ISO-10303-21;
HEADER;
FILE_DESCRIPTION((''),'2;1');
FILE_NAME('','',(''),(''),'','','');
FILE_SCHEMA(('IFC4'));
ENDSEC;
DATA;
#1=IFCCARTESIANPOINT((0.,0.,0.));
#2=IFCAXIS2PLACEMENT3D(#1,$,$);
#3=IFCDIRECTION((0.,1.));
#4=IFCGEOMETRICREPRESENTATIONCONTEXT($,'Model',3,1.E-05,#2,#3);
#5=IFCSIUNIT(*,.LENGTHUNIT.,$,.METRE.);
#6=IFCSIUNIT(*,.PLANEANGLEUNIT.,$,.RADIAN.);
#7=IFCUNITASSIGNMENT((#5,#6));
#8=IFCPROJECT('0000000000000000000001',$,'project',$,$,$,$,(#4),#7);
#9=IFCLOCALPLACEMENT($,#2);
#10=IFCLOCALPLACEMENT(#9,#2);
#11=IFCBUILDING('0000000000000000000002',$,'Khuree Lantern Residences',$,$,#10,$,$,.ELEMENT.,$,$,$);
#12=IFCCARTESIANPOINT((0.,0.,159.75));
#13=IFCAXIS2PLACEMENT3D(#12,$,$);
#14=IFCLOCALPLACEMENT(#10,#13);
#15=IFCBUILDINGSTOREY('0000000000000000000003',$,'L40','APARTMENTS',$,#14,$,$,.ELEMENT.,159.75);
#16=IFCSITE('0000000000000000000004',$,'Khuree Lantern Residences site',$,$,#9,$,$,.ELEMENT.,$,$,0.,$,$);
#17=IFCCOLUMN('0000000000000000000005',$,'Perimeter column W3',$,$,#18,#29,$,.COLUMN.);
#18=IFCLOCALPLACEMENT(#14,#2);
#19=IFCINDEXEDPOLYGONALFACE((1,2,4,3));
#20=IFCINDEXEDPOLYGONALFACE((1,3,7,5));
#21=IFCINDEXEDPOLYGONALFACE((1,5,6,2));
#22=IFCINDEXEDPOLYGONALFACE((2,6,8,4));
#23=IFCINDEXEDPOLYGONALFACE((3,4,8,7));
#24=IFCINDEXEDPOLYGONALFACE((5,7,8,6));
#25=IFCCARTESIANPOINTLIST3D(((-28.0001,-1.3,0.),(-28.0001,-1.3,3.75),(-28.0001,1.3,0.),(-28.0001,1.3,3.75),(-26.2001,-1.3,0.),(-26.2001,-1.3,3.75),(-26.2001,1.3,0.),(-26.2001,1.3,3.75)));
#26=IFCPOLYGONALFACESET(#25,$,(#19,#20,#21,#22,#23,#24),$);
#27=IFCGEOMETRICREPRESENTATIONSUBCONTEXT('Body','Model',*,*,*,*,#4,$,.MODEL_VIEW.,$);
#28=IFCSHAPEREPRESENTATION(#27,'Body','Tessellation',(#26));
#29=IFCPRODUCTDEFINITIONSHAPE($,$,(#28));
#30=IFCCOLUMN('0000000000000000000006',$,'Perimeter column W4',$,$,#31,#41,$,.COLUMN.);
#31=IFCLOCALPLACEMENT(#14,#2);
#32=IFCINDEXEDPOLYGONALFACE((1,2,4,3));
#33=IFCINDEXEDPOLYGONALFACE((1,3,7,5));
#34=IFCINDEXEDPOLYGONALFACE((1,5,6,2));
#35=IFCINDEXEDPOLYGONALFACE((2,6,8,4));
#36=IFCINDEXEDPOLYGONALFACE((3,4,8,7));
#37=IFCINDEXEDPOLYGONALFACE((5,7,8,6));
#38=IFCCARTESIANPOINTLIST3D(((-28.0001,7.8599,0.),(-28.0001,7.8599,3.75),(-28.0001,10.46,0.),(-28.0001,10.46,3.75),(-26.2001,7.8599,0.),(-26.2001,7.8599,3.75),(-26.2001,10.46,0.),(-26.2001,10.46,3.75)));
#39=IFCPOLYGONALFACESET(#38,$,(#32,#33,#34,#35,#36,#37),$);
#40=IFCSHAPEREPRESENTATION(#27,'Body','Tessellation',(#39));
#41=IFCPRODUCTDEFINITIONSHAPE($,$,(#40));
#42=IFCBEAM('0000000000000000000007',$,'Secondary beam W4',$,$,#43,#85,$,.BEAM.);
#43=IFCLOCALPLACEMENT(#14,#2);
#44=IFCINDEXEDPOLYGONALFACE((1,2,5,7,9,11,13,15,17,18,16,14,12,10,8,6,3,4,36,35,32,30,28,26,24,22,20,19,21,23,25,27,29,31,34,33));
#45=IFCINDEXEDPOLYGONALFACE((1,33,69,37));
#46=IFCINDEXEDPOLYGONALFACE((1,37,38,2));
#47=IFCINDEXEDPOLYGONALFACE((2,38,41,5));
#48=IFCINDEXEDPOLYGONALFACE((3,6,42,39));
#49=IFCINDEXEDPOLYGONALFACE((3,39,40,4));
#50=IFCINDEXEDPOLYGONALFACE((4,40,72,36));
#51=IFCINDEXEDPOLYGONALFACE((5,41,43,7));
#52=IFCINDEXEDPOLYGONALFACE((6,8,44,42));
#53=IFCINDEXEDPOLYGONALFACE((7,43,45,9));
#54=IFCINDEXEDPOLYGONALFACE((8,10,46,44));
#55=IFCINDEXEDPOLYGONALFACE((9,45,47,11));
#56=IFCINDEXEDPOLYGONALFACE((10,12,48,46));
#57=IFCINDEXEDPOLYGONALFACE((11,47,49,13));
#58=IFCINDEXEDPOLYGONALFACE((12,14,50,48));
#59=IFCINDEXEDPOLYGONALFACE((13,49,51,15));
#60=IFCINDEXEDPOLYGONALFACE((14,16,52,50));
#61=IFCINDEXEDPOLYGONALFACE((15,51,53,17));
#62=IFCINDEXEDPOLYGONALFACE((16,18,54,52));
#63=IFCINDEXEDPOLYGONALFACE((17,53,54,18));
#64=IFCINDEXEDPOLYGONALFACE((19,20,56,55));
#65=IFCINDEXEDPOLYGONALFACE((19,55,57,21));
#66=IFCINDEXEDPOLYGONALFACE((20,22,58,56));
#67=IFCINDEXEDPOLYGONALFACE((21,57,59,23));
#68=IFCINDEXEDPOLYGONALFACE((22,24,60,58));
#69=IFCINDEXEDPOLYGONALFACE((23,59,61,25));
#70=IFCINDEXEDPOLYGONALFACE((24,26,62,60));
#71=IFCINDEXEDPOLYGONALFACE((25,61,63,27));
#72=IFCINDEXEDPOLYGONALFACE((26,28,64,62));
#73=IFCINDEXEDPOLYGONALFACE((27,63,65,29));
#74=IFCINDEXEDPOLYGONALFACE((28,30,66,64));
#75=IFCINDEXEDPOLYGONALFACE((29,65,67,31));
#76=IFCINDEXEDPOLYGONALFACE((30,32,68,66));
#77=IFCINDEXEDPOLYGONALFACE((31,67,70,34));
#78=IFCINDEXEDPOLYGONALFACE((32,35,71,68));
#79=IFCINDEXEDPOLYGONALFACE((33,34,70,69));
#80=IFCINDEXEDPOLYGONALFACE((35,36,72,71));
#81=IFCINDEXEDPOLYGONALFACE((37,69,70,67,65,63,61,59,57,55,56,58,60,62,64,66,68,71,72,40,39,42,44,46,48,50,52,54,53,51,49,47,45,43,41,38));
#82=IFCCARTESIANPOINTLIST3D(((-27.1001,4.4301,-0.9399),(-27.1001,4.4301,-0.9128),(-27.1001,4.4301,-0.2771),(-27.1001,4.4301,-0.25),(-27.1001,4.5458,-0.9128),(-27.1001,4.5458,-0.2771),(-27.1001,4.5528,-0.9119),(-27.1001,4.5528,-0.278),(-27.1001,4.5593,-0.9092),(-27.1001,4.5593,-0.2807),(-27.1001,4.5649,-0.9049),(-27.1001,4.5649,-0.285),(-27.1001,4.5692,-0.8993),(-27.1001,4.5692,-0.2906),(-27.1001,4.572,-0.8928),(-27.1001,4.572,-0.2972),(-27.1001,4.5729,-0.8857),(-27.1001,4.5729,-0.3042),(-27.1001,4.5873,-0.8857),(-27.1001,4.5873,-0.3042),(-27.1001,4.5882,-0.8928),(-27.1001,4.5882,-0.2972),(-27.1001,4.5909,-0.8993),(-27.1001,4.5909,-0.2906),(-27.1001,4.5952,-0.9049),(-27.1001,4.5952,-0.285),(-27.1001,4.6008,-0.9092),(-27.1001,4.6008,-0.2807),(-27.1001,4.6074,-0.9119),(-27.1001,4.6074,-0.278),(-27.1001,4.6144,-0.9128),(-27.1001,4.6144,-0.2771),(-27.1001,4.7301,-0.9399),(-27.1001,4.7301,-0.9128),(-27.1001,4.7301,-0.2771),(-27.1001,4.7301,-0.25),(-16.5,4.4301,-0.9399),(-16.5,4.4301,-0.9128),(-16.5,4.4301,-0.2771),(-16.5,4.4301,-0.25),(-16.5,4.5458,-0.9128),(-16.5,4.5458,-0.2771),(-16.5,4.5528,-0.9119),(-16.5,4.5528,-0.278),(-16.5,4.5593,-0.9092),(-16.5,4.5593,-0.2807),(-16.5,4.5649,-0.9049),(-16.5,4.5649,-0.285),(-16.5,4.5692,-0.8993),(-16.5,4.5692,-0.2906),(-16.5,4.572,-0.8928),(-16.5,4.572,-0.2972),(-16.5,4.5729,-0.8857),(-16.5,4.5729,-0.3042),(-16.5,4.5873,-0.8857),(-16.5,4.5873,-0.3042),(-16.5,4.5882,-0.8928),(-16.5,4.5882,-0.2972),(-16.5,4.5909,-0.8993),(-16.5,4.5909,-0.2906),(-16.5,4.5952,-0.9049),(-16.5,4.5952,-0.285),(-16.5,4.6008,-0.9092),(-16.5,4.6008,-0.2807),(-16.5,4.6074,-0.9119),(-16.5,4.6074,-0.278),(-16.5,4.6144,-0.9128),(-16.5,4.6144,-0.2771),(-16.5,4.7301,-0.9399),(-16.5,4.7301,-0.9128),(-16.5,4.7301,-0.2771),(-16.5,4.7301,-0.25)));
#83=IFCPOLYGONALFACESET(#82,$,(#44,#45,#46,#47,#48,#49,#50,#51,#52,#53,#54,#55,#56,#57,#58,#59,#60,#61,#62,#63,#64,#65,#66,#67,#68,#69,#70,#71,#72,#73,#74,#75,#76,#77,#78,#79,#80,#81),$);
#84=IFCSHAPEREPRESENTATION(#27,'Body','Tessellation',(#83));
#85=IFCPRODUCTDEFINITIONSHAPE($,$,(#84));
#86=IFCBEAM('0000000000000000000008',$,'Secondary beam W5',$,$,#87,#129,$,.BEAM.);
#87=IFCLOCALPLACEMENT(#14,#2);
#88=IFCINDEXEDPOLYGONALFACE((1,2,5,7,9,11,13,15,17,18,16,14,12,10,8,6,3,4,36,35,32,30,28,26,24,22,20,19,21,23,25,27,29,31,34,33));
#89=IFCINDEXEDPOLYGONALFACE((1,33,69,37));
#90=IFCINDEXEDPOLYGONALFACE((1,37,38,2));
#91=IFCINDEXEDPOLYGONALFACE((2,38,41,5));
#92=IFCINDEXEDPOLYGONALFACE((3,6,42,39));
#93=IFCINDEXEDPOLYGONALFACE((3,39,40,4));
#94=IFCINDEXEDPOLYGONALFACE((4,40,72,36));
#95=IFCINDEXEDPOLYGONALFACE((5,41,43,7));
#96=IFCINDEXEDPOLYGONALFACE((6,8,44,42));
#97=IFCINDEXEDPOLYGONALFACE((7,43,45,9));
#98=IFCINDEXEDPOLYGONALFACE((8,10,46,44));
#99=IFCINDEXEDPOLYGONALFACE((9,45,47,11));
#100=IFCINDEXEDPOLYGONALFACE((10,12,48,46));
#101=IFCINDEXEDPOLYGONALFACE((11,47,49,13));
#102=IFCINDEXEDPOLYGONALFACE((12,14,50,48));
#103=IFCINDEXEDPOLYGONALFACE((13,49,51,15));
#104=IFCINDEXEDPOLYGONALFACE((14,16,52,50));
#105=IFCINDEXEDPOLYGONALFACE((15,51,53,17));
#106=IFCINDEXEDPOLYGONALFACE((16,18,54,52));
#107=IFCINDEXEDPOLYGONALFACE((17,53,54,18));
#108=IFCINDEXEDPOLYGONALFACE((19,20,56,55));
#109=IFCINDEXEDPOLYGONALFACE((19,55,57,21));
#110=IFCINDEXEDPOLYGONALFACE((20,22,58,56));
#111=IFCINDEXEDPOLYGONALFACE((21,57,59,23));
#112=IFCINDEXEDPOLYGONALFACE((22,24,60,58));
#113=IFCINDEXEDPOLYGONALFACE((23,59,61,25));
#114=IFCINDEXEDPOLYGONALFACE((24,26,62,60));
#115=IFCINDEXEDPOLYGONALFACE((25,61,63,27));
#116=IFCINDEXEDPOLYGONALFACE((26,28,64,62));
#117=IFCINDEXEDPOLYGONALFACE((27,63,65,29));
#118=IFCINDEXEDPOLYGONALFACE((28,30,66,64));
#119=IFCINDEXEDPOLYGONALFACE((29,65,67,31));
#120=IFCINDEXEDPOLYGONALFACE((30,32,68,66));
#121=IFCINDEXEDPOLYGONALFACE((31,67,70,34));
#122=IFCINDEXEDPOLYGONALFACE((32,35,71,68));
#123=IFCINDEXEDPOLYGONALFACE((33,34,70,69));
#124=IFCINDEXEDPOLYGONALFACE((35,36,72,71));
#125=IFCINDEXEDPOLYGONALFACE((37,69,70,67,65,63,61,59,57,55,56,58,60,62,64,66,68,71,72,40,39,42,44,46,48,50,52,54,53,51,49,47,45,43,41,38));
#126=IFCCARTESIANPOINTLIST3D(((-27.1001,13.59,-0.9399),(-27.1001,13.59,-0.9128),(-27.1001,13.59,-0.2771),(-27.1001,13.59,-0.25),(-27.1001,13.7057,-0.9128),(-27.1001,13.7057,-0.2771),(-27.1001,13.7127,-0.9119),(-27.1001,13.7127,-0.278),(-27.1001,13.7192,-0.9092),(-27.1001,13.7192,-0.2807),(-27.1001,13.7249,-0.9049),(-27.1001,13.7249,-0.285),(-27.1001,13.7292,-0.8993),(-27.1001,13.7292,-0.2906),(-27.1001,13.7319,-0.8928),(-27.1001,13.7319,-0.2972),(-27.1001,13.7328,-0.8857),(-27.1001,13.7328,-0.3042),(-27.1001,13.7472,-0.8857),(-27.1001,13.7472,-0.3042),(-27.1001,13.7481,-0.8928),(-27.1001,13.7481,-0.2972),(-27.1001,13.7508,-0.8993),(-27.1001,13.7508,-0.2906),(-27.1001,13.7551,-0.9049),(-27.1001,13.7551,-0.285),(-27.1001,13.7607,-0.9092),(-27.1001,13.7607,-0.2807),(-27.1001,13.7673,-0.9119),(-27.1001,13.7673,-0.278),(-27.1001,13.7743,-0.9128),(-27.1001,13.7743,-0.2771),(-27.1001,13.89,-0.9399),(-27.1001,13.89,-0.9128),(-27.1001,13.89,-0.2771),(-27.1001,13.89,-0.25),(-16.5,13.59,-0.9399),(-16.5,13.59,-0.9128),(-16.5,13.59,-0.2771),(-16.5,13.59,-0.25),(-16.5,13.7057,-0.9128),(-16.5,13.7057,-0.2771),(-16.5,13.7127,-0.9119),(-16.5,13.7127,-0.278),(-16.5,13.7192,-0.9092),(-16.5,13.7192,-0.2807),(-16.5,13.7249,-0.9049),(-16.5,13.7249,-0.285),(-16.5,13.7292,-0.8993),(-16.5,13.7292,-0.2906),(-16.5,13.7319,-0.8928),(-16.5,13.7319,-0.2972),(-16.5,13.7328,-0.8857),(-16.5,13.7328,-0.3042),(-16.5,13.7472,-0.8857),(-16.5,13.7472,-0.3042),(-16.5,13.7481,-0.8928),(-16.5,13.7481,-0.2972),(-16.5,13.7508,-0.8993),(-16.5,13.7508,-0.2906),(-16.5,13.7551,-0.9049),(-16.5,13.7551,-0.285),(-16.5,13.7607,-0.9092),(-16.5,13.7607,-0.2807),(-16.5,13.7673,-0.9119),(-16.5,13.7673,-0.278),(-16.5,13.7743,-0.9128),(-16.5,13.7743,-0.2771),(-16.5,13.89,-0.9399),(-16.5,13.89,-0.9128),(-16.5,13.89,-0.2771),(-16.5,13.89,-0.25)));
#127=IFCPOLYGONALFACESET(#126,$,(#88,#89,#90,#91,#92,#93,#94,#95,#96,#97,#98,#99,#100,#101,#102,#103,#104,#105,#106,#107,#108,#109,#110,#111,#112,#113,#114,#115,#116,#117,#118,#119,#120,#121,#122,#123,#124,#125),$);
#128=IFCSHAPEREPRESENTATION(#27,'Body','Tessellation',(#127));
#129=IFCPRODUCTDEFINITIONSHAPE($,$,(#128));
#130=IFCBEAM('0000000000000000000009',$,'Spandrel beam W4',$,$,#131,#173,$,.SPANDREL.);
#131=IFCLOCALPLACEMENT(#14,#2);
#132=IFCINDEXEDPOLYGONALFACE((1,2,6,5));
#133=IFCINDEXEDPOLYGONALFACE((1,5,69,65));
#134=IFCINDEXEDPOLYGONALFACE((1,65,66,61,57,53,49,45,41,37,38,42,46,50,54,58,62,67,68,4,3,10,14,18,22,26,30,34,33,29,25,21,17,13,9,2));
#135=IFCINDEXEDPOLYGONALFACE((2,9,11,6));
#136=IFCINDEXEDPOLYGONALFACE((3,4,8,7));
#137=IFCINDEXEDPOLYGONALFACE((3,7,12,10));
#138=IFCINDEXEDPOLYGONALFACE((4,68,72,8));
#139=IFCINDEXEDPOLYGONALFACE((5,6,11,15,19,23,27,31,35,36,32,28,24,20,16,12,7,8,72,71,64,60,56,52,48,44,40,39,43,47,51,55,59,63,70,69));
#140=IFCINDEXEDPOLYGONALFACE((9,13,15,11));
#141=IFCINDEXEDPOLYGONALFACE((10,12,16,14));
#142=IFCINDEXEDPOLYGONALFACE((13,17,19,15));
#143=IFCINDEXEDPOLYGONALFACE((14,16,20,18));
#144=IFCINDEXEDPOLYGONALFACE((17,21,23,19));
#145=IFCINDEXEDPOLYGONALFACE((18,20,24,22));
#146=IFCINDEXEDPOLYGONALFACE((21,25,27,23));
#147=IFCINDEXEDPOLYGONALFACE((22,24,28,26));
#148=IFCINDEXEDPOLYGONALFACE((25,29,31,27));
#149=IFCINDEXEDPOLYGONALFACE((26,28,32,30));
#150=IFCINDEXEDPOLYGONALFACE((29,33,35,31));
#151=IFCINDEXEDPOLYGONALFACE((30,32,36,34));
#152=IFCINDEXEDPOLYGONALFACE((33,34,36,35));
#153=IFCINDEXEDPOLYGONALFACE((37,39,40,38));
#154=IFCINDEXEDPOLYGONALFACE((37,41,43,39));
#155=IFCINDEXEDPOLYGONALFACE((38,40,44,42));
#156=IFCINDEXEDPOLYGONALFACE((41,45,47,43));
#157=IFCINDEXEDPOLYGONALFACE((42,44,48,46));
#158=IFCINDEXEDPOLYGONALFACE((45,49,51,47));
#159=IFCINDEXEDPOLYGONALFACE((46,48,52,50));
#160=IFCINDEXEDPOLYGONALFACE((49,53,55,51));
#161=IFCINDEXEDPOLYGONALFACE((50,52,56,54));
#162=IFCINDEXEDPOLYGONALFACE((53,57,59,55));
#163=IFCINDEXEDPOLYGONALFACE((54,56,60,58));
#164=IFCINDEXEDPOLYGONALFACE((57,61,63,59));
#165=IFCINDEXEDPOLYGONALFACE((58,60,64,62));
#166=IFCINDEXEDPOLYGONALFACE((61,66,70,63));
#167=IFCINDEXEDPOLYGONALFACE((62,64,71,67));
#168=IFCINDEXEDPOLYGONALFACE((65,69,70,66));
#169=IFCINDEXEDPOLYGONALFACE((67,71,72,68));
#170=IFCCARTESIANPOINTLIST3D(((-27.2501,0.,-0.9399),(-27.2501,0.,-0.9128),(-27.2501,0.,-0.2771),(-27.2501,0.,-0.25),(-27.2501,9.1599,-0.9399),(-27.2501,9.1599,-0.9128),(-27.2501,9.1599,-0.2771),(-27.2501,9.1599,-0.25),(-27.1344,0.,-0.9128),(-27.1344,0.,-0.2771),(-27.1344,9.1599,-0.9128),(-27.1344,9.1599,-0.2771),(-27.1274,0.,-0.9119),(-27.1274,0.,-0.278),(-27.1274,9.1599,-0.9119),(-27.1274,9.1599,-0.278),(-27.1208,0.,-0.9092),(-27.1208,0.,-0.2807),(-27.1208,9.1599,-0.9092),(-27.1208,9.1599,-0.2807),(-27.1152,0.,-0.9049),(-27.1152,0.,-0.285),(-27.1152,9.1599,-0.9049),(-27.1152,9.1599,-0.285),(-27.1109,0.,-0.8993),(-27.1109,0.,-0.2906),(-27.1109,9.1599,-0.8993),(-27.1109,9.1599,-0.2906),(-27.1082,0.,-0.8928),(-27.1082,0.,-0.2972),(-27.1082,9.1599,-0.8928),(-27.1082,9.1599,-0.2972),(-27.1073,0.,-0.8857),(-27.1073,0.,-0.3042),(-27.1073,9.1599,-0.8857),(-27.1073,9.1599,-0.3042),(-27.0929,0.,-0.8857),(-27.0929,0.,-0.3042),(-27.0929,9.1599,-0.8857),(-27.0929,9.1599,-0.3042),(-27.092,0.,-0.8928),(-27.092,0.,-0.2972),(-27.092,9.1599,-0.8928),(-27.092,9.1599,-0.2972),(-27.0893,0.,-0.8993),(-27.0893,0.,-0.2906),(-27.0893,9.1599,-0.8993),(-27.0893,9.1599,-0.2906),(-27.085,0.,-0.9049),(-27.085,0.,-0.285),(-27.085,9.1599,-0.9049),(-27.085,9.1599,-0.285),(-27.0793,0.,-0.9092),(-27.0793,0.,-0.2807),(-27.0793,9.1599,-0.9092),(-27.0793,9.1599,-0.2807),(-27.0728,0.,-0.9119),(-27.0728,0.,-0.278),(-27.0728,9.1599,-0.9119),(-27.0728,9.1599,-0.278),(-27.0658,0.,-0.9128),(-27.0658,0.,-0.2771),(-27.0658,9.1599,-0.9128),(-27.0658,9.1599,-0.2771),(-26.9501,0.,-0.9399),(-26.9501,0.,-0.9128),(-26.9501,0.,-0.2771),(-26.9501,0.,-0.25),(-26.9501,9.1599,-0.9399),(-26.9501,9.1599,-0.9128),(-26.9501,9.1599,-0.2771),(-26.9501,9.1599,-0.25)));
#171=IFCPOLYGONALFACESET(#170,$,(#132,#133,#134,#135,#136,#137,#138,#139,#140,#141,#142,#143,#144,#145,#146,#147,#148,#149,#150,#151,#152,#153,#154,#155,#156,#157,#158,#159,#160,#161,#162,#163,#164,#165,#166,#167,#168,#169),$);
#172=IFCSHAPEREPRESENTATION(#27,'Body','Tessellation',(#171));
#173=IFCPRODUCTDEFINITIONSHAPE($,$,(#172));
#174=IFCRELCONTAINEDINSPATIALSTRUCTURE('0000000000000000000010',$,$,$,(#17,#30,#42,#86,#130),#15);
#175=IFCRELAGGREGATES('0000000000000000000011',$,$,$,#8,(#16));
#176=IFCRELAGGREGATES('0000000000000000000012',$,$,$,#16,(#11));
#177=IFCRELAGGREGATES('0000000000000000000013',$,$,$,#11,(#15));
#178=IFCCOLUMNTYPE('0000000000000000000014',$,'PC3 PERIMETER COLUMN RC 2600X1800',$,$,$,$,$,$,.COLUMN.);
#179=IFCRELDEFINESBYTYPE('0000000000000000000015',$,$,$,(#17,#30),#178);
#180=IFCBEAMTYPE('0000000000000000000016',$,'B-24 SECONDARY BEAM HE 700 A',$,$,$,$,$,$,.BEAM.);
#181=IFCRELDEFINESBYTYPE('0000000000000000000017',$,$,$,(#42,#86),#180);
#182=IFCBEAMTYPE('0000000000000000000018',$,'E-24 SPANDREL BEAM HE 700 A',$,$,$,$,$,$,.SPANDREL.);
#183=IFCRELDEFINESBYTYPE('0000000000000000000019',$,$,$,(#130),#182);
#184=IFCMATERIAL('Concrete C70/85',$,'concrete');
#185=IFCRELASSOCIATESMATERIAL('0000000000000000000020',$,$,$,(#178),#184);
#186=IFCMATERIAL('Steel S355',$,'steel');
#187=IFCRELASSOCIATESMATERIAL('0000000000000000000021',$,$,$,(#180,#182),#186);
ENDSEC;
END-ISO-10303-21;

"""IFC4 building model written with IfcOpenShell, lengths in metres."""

from ifc_helpers import new_model, si_unit, direction, frame, origin, origin_2d, place, context, subcontext, project, spatial, rectangle, i_section, extrude, material, material_profile, profile_set, type_object, element, save


model = new_model("IFC4")

# Units and contexts
model_context = context("Model", 3, precision=1e-05, world=origin(), true_north=direction((0.0, 1.0)))
body_context = subcontext(model_context, "Body", "Model", "MODEL_VIEW")
ifc_project = project(units=[si_unit("LENGTHUNIT", "METRE"), si_unit("PLANEANGLEUNIT", "RADIAN")], contexts=[model_context])

# Site, building, storey
site_placement = place(None, origin())
site = spatial("IfcSite", under=ifc_project, at=site_placement, Name="Khuree Lantern Residences site", CompositionType="ELEMENT", RefElevation=0.0)
building_placement = place(site_placement, origin())
building = spatial("IfcBuilding", under=site, at=building_placement, Name="Khuree Lantern Residences", CompositionType="ELEMENT")
storey_placement = place(building_placement, frame((0.0, 0.0, 159.75)))
storey = spatial("IfcBuildingStorey", under=building, at=storey_placement, Name="L40", Description="APARTMENTS", CompositionType="ELEMENT", Elevation=159.75)

# Columns
ifc_material_1 = material(Name="Concrete C70/85", Category="concrete")
ifc_material_profile_1 = material_profile(ifc_material_1, rectangle(XDim=2.6001, YDim=1.8, at=origin_2d()), Name="RC 2600X1800")
ifc_profile_set_1 = profile_set([ifc_material_profile_1], Name="Concrete C70/85")
column_type = type_object("IfcColumnType", Name="PC3 PERIMETER COLUMN RC 2600X1800", PredefinedType="COLUMN", material=ifc_profile_set_1)
for number, where, z_axis, x_axis, name in (
    (1, (-27.1001, 0.0, 0.0), (0.0, 0.0, 1.0), (0.0, 1.0, 0.0), "Perimeter column W3"),
    (2, (-27.1001, 9.1599, 0.0), (0.0, 0.0, 1.0), (0.0, 1.0, 0.0), "Perimeter column W4"),
):
    element("IfcColumn", number, at=place(storey_placement, frame(where, z_axis=z_axis, x_axis=x_axis)), inside=storey, type_object=column_type, Name=name, PredefinedType="COLUMN", context=body_context, shape_type="SweptSolid", body=[
        extrude(rectangle(XDim=2.6001, YDim=1.8, at=origin_2d()), origin(), (0.0, 0.0, 1.0), 3.75),
    ])

# Beams
ifc_material_2 = material(Name="Steel S355", Category="steel")
ifc_material_profile_2 = material_profile(ifc_material_2, i_section(OverallWidth=0.3, OverallDepth=0.6899, WebThickness=0.0144, FlangeThickness=0.0271, FilletRadius=0.0271, at=origin_2d()), Name="HE 700 A")
ifc_profile_set_2 = profile_set([ifc_material_profile_2], Name="Steel S355")
beam_type_1 = type_object("IfcBeamType", Name="B-24 SECONDARY BEAM HE 700 A", PredefinedType="BEAM", material=ifc_profile_set_2)
for number, where, z_axis, x_axis, name in (
    (3, (-27.1001, 4.5801, -0.595), (1.0, 0.0, 0.0), (0.0, 1.0, 0.0), "Secondary beam W4"),
    (4, (-27.1001, 13.74, -0.595), (1.0, 0.0, 0.0), (0.0, 1.0, 0.0), "Secondary beam W5"),
):
    element("IfcBeam", number, at=place(storey_placement, frame(where, z_axis=z_axis, x_axis=x_axis)), inside=storey, type_object=beam_type_1, Name=name, PredefinedType="BEAM", context=body_context, shape_type="SweptSolid", body=[
        extrude(i_section(OverallWidth=0.3, OverallDepth=0.6899, WebThickness=0.0144, FlangeThickness=0.0271, FilletRadius=0.0271, at=origin_2d()), origin(), (0.0, 0.0, 1.0), 10.6001),
    ])
ifc_material_profile_3 = material_profile(ifc_material_2, i_section(OverallWidth=0.3, OverallDepth=0.6899, WebThickness=0.0144, FlangeThickness=0.0271, FilletRadius=0.0271, at=origin_2d()), Name="HE 700 A")
ifc_profile_set_3 = profile_set([ifc_material_profile_3], Name="Steel S355")
beam_type_2 = type_object("IfcBeamType", Name="E-24 SPANDREL BEAM HE 700 A", PredefinedType="SPANDREL", material=ifc_profile_set_3)
beam_1_placement = place(storey_placement, frame((-27.1001, 0.0, -0.595), z_axis=(0.0, 1.0, 0.0), x_axis=(-1.0, 0.0, 0.0)))
element("IfcBeam", 5, at=beam_1_placement, inside=storey, type_object=beam_type_2, Name="Spandrel beam W4", PredefinedType="SPANDREL", context=body_context, shape_type="SweptSolid", body=[
    extrude(i_section(OverallWidth=0.3, OverallDepth=0.6899, WebThickness=0.0144, FlangeThickness=0.0271, FilletRadius=0.0271, at=origin_2d()), origin(), (0.0, 0.0, 1.0), 9.1599),
])

save(model, "model.ifc")
